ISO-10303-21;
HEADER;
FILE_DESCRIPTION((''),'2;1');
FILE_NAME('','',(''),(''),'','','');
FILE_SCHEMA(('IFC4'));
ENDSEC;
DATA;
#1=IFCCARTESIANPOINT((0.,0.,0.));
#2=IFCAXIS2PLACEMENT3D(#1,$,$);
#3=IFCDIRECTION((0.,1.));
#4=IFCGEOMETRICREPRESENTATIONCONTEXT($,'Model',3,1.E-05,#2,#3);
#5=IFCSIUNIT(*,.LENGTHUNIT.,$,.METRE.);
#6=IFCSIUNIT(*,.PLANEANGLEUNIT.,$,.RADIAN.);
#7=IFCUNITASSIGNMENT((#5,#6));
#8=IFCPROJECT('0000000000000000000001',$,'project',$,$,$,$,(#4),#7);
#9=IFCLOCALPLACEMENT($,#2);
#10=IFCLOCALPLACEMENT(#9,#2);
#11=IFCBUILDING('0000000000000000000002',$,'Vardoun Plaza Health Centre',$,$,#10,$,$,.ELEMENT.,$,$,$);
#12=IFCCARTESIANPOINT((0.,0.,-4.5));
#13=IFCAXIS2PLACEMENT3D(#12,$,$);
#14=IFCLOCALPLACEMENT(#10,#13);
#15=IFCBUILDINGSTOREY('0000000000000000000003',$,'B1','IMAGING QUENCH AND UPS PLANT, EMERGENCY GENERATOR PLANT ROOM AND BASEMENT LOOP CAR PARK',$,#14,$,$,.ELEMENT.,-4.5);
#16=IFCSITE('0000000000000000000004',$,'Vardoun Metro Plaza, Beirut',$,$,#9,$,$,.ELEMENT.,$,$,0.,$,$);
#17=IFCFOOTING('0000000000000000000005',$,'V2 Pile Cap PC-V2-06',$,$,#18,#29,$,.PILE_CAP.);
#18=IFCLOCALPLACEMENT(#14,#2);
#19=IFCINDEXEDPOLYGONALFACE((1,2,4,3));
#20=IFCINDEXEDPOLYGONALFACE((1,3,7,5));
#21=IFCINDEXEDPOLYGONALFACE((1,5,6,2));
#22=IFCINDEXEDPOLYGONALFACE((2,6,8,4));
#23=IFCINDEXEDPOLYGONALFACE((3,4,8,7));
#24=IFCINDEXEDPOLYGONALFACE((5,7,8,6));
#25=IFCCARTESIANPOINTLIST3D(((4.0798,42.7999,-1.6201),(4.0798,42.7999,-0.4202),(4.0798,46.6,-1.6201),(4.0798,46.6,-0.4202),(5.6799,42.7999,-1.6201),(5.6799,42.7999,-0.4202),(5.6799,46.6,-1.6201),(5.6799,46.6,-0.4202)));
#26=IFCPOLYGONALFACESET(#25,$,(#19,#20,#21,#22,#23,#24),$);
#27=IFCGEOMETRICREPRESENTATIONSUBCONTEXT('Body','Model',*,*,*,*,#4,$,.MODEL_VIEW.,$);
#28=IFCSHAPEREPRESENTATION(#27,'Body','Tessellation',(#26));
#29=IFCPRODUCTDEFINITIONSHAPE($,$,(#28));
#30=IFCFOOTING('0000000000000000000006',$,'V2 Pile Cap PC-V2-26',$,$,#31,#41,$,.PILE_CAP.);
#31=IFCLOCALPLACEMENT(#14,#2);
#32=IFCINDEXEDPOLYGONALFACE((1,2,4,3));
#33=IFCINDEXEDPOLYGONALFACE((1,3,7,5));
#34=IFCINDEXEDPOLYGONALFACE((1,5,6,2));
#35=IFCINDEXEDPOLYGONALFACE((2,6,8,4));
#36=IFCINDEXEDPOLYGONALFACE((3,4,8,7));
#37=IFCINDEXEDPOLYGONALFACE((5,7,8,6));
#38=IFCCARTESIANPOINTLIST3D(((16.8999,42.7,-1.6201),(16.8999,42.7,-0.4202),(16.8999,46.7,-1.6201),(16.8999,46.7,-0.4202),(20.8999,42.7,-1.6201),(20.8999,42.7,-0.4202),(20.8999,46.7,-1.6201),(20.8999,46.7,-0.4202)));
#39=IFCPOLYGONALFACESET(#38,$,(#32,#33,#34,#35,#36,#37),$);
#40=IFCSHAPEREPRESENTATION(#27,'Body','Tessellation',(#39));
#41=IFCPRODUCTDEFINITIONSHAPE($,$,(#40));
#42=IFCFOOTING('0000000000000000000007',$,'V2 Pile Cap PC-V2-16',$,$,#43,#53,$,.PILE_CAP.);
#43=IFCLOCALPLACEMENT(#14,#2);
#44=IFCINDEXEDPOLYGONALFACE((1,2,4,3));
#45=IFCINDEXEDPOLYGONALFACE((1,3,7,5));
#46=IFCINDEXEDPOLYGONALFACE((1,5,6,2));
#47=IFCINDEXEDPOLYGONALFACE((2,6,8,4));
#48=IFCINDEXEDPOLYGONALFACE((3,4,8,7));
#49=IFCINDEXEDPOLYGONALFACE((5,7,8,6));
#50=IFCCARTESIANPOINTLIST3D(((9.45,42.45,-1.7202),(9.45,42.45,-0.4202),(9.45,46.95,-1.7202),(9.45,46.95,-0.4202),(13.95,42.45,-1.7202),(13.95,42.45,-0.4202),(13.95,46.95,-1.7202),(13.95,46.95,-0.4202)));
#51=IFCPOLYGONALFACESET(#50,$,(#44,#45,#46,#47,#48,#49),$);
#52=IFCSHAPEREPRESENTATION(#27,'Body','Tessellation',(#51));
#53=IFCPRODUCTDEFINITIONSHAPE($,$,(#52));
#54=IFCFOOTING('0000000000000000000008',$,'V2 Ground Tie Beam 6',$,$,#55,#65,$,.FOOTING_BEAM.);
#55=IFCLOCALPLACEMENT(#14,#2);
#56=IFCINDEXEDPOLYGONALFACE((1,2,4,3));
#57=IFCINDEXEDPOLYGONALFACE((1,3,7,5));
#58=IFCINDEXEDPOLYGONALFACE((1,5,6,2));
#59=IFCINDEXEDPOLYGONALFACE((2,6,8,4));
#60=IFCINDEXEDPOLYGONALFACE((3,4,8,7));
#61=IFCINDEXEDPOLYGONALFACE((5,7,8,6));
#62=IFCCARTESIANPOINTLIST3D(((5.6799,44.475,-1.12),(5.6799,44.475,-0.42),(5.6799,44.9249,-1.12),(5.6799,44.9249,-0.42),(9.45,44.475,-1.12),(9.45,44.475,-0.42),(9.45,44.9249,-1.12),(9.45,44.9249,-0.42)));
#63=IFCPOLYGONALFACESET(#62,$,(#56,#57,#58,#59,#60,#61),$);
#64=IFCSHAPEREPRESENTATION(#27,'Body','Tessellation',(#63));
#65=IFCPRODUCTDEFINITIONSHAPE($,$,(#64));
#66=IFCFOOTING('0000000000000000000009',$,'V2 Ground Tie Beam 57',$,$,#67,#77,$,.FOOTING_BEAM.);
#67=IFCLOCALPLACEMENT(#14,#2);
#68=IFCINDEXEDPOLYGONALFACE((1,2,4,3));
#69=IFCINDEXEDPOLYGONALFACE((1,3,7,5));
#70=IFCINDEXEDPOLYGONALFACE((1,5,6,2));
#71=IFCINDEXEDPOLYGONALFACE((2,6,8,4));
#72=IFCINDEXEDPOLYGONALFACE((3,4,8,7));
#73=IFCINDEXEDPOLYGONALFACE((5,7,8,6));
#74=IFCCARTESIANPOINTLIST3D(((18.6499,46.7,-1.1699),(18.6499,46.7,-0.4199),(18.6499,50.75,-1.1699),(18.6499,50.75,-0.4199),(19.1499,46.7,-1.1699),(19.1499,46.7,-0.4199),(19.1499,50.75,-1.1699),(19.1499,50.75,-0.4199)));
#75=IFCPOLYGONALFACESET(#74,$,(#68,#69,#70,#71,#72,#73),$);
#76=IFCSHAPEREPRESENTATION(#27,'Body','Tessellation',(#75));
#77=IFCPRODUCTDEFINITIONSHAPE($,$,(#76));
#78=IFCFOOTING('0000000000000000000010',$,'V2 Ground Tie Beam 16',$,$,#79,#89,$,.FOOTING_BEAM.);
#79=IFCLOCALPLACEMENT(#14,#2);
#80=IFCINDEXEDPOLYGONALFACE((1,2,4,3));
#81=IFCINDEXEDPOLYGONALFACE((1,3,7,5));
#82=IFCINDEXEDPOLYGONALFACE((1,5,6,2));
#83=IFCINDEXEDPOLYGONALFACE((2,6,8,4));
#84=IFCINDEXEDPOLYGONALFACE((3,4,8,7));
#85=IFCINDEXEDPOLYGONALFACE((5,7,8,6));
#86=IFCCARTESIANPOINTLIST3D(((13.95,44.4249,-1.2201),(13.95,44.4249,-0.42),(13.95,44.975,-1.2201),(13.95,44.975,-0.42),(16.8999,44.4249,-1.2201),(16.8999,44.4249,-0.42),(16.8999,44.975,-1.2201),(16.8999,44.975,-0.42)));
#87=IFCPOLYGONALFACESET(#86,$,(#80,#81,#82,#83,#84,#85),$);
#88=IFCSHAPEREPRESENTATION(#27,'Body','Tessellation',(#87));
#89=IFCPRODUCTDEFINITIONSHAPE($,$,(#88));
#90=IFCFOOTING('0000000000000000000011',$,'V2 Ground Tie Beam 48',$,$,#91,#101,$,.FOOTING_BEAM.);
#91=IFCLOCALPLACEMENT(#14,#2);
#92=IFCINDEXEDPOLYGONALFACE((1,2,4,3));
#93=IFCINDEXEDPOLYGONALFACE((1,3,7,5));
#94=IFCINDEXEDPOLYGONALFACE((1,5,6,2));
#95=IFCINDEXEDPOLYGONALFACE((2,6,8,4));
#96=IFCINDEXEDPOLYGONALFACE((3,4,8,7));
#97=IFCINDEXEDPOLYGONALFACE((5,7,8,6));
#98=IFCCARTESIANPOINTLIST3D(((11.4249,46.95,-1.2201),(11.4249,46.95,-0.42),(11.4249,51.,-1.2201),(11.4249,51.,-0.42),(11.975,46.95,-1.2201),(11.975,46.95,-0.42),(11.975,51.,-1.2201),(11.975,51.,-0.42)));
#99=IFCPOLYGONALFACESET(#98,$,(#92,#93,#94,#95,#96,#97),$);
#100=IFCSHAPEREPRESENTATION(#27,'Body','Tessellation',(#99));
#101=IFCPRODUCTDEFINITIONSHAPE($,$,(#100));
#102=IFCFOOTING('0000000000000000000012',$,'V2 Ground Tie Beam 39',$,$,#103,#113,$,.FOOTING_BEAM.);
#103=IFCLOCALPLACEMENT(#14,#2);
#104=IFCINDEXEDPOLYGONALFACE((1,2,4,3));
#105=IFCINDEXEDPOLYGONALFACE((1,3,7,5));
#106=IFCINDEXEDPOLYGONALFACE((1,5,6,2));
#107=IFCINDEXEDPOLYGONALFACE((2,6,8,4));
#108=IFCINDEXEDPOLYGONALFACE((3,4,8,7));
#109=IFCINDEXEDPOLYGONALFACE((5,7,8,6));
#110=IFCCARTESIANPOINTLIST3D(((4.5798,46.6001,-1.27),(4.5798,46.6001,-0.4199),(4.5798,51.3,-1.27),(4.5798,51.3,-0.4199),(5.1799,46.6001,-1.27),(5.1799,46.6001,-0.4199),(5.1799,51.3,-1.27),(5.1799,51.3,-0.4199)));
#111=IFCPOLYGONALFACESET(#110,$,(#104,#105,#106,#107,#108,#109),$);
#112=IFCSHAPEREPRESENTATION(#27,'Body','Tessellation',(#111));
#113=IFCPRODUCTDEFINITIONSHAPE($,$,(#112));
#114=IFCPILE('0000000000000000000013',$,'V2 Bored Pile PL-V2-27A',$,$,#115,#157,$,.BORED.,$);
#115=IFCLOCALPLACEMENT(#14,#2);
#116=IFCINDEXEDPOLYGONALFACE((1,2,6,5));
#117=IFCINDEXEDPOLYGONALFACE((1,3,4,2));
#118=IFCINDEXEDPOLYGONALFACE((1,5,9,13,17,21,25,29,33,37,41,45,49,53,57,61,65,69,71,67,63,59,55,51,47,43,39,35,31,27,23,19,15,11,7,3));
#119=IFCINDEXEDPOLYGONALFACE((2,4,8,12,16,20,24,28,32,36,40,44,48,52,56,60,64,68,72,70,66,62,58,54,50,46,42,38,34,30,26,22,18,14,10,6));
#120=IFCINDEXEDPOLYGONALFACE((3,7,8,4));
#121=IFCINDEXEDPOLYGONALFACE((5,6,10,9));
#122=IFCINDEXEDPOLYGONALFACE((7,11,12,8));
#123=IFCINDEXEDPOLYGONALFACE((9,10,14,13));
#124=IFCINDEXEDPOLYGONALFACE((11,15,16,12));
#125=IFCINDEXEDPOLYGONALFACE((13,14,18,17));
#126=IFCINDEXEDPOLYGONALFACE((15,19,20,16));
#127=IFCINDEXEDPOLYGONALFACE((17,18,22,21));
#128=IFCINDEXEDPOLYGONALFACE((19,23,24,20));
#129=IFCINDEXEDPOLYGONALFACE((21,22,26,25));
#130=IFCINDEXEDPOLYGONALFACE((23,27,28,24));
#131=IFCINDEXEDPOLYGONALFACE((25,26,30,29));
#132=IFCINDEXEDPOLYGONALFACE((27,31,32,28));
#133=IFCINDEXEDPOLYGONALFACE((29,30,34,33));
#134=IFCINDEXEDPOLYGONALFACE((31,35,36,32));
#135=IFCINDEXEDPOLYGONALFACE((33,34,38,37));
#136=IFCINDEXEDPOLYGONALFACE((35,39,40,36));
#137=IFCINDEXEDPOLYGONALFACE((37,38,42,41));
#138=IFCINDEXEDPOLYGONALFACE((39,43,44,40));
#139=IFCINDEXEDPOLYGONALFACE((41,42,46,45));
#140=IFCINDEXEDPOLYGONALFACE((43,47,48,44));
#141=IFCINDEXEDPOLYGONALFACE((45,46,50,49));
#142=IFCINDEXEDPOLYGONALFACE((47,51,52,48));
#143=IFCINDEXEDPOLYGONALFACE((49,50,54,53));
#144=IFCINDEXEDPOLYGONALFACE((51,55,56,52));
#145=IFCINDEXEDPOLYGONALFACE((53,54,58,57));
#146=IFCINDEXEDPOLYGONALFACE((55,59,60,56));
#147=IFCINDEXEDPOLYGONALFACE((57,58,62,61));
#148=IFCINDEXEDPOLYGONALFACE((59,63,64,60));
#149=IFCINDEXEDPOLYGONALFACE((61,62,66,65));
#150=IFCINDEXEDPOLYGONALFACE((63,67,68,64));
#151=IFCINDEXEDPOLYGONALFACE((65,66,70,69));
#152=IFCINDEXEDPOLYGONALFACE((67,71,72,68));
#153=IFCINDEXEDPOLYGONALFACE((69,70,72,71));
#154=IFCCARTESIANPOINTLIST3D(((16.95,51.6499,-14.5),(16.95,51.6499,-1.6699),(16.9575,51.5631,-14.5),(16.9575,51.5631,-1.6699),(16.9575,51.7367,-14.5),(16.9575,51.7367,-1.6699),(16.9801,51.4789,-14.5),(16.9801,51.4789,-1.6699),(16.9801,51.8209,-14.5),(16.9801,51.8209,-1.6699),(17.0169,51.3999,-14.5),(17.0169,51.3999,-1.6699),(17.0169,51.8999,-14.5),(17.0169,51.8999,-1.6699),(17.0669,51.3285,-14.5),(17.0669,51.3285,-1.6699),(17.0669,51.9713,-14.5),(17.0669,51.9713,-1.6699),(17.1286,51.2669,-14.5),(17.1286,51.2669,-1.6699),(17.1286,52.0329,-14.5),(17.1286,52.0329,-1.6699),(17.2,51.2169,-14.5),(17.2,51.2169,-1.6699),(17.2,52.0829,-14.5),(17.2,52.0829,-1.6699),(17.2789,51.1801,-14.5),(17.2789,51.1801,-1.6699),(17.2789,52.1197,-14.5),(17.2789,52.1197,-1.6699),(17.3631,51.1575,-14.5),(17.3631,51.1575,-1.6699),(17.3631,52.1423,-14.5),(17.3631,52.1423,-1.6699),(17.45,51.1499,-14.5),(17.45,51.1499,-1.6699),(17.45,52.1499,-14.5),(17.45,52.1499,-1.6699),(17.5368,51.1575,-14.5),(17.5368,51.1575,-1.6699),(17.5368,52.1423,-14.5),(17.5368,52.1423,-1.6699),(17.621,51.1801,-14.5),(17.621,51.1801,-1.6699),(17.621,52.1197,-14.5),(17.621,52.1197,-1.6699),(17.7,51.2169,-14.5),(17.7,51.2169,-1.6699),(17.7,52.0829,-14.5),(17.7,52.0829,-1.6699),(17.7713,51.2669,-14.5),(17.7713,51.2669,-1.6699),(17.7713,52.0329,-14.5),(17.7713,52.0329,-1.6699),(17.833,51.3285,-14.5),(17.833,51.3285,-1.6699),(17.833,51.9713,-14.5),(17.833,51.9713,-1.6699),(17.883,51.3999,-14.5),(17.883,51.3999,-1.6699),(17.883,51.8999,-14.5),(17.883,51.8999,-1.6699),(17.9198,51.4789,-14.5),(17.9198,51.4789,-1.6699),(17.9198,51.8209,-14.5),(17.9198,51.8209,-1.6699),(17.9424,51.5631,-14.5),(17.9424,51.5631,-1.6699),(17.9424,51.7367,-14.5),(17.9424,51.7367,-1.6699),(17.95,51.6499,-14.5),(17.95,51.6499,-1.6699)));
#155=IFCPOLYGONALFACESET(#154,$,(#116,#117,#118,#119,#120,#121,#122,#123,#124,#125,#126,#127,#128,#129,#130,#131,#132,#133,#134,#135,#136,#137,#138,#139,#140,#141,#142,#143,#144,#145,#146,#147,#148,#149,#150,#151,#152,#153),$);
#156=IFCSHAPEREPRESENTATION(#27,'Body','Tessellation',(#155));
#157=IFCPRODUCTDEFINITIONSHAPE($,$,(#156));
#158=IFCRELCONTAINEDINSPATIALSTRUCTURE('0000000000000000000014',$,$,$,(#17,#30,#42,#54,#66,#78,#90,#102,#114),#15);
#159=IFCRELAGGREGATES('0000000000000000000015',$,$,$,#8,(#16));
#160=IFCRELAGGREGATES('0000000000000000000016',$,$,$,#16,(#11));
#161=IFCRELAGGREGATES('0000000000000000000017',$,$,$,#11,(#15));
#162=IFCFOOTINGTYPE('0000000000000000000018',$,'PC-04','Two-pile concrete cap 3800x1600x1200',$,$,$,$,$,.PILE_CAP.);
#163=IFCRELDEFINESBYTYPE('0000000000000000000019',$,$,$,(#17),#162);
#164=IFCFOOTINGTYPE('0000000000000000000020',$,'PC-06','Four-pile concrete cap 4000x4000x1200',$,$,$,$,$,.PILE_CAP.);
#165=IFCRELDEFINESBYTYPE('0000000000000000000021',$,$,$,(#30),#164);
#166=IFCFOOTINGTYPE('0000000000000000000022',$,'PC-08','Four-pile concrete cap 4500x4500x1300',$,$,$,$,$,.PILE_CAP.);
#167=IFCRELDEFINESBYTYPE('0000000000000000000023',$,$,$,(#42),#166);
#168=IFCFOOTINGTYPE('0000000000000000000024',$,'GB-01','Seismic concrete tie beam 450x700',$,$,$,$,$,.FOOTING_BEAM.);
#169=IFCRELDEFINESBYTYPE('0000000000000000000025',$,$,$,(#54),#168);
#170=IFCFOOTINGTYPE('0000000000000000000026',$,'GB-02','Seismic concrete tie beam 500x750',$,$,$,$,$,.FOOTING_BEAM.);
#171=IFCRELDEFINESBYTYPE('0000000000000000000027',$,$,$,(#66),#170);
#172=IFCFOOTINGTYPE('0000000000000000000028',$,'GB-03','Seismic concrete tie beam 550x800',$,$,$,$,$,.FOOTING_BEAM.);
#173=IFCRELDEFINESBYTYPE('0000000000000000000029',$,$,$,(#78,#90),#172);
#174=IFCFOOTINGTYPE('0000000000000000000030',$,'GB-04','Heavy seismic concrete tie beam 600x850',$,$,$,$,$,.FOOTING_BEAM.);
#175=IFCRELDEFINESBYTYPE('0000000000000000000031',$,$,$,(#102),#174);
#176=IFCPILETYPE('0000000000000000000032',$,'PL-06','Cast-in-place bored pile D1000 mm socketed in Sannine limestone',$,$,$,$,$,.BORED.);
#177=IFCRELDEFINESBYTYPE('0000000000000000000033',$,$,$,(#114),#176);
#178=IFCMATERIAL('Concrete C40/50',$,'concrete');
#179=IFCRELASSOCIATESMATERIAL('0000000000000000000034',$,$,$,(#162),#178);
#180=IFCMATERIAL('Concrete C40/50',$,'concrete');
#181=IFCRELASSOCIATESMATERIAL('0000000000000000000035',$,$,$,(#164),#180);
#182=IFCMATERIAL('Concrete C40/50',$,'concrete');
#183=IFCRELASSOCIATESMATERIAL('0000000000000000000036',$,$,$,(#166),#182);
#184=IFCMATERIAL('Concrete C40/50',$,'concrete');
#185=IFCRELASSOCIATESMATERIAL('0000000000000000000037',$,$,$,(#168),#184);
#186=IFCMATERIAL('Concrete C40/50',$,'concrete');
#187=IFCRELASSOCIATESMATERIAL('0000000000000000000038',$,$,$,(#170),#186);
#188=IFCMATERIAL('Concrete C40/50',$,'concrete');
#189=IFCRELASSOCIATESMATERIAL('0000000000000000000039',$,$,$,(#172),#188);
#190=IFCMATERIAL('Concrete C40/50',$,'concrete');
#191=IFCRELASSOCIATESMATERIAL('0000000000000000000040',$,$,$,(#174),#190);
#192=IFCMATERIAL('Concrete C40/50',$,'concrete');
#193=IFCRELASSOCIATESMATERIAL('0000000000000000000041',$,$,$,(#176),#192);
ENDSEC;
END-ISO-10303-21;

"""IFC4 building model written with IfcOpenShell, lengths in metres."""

from ifc_helpers import new_model, si_unit, direction, frame, origin, origin_2d, place, context, subcontext, project, spatial, rectangle, circle, extrude, material, material_profile, profile_set, type_object, element, save


model = new_model("IFC4")

# Units and contexts
model_context = context("Model", 3, precision=1e-05, world=origin(), true_north=direction((0.0, 1.0)))
body_context = subcontext(model_context, "Body", "Model", "MODEL_VIEW")
ifc_project = project(units=[si_unit("LENGTHUNIT", "METRE"), si_unit("PLANEANGLEUNIT", "RADIAN")], contexts=[model_context])

# Site, building, storey
site_placement = place(None, origin())
site = spatial("IfcSite", under=ifc_project, at=site_placement, Name="Vardoun Metro Plaza, Beirut", CompositionType="ELEMENT", RefElevation=0.0)
building_placement = place(site_placement, origin())
building = spatial("IfcBuilding", under=site, at=building_placement, Name="Vardoun Plaza Health Centre", CompositionType="ELEMENT")
storey_placement = place(building_placement, frame((0.0, 0.0, -4.5)))
storey = spatial("IfcBuildingStorey", under=building, at=storey_placement, Name="B1", Description="IMAGING QUENCH AND UPS PLANT, EMERGENCY GENERATOR PLANT ROOM AND BASEMENT LOOP CAR PARK", CompositionType="ELEMENT", Elevation=-4.5)

# Footings
ifc_material_1 = material(Name="Concrete C40/50", Category="concrete")
footing_type_1 = type_object("IfcFootingType", Name="PC-04", Description="Two-pile concrete cap 3800x1600x1200", PredefinedType="PILE_CAP", material=ifc_material_1)
footing_1_placement = place(storey_placement, frame((4.8799, 44.7, -1.6201), z_axis=(0.0, 0.0, 1.0), x_axis=(0.0, 1.0, 0.0)))
element("IfcFooting", 1, at=footing_1_placement, inside=storey, type_object=footing_type_1, Name="V2 Pile Cap PC-V2-06", PredefinedType="PILE_CAP", context=body_context, shape_type="SweptSolid", body=[
    extrude(rectangle(XDim=3.8, YDim=1.6001, at=origin_2d()), origin(), (0.0, 0.0, 1.0), 1.2),
])
ifc_material_2 = material(Name="Concrete C40/50", Category="concrete")
footing_type_2 = type_object("IfcFootingType", Name="PC-06", Description="Four-pile concrete cap 4000x4000x1200", PredefinedType="PILE_CAP", material=ifc_material_2)
footing_2_placement = place(storey_placement, frame((18.8999, 44.7, -1.6201), z_axis=(0.0, 0.0, 1.0), x_axis=(1.0, 0.0, 0.0)))
element("IfcFooting", 2, at=footing_2_placement, inside=storey, type_object=footing_type_2, Name="V2 Pile Cap PC-V2-26", PredefinedType="PILE_CAP", context=body_context, shape_type="SweptSolid", body=[
    extrude(rectangle(XDim=4.0, YDim=4.0, at=origin_2d()), origin(), (0.0, 0.0, 1.0), 1.2),
])
ifc_material_3 = material(Name="Concrete C40/50", Category="concrete")
footing_type_3 = type_object("IfcFootingType", Name="PC-08", Description="Four-pile concrete cap 4500x4500x1300", PredefinedType="PILE_CAP", material=ifc_material_3)
footing_3_placement = place(storey_placement, frame((11.7, 44.7, -1.7202), z_axis=(0.0, 0.0, 1.0), x_axis=(1.0, 0.0, 0.0)))
element("IfcFooting", 3, at=footing_3_placement, inside=storey, type_object=footing_type_3, Name="V2 Pile Cap PC-V2-16", PredefinedType="PILE_CAP", context=body_context, shape_type="SweptSolid", body=[
    extrude(rectangle(XDim=4.5, YDim=4.5, at=origin_2d()), origin(), (0.0, 0.0, 1.0), 1.3),
])
ifc_material_4 = material(Name="Concrete C40/50", Category="concrete")
ifc_material_profile_1 = material_profile(ifc_material_4, rectangle(XDim=0.45, YDim=0.7, at=origin_2d()), Name="GB 450x700")
ifc_profile_set_1 = profile_set([ifc_material_profile_1], Name="Concrete C40/50")
footing_type_4 = type_object("IfcFootingType", Name="GB-01", Description="Seismic concrete tie beam 450x700", PredefinedType="FOOTING_BEAM", material=ifc_profile_set_1)
footing_4_placement = place(storey_placement, frame((5.6799, 44.7, -0.77), z_axis=(1.0, 0.0, 0.0), x_axis=(0.0, 1.0, 0.0)))
element("IfcFooting", 4, at=footing_4_placement, inside=storey, type_object=footing_type_4, Name="V2 Ground Tie Beam 6", PredefinedType="FOOTING_BEAM", context=body_context, shape_type="SweptSolid", body=[
    extrude(rectangle(XDim=0.45, YDim=0.7, at=origin_2d()), origin(), (0.0, 0.0, 1.0), 3.77),
])
ifc_material_5 = material(Name="Concrete C40/50", Category="concrete")
ifc_material_profile_2 = material_profile(ifc_material_5, rectangle(XDim=0.5, YDim=0.75, at=origin_2d()), Name="GB 500x750")
ifc_profile_set_2 = profile_set([ifc_material_profile_2], Name="Concrete C40/50")
footing_type_5 = type_object("IfcFootingType", Name="GB-02", Description="Seismic concrete tie beam 500x750", PredefinedType="FOOTING_BEAM", material=ifc_profile_set_2)
footing_5_placement = place(storey_placement, frame((18.8999, 46.7, -0.7949), z_axis=(0.0, 1.0, 0.0), x_axis=(-1.0, 0.0, 0.0)))
element("IfcFooting", 5, at=footing_5_placement, inside=storey, type_object=footing_type_5, Name="V2 Ground Tie Beam 57", PredefinedType="FOOTING_BEAM", context=body_context, shape_type="SweptSolid", body=[
    extrude(rectangle(XDim=0.5, YDim=0.75, at=origin_2d()), origin(), (0.0, 0.0, 1.0), 4.05),
])
ifc_material_6 = material(Name="Concrete C40/50", Category="concrete")
ifc_material_profile_3 = material_profile(ifc_material_6, rectangle(XDim=0.55, YDim=0.8, at=origin_2d()), Name="GB 550x800")
ifc_profile_set_3 = profile_set([ifc_material_profile_3], Name="Concrete C40/50")
footing_type_6 = type_object("IfcFootingType", Name="GB-03", Description="Seismic concrete tie beam 550x800", PredefinedType="FOOTING_BEAM", material=ifc_profile_set_3)
footing_6_placement = place(storey_placement, frame((13.95, 44.7, -0.8201), z_axis=(1.0, 0.0, 0.0), x_axis=(0.0, 1.0, 0.0)))
element("IfcFooting", 6, at=footing_6_placement, inside=storey, type_object=footing_type_6, Name="V2 Ground Tie Beam 16", PredefinedType="FOOTING_BEAM", context=body_context, shape_type="SweptSolid", body=[
    extrude(rectangle(XDim=0.55, YDim=0.8, at=origin_2d()), origin(), (0.0, 0.0, 1.0), 2.95),
])
footing_7_placement = place(storey_placement, frame((11.7, 46.95, -0.8201), z_axis=(0.0, 1.0, 0.0), x_axis=(-1.0, 0.0, 0.0)))
element("IfcFooting", 7, at=footing_7_placement, inside=storey, type_object=footing_type_6, Name="V2 Ground Tie Beam 48", PredefinedType="FOOTING_BEAM", context=body_context, shape_type="SweptSolid", body=[
    extrude(rectangle(XDim=0.55, YDim=0.8, at=origin_2d()), origin(), (0.0, 0.0, 1.0), 4.05),
])
ifc_material_7 = material(Name="Concrete C40/50", Category="concrete")
ifc_material_profile_4 = material_profile(ifc_material_7, rectangle(XDim=0.6001, YDim=0.8501, at=origin_2d()), Name="GB 600x850")
ifc_profile_set_4 = profile_set([ifc_material_profile_4], Name="Concrete C40/50")
footing_type_7 = type_object("IfcFootingType", Name="GB-04", Description="Heavy seismic concrete tie beam 600x850", PredefinedType="FOOTING_BEAM", material=ifc_profile_set_4)
footing_8_placement = place(storey_placement, frame((4.8799, 46.6001, -0.845), z_axis=(0.0, 1.0, 0.0), x_axis=(-1.0, 0.0, 0.0)))
element("IfcFooting", 8, at=footing_8_placement, inside=storey, type_object=footing_type_7, Name="V2 Ground Tie Beam 39", PredefinedType="FOOTING_BEAM", context=body_context, shape_type="SweptSolid", body=[
    extrude(rectangle(XDim=0.6001, YDim=0.8501, at=origin_2d()), origin(), (0.0, 0.0, 1.0), 4.7),
])

# Pile
ifc_material_8 = material(Name="Concrete C40/50", Category="concrete")
ifc_material_profile_5 = material_profile(ifc_material_8, circle(Radius=0.5, at=origin_2d()), Name="PILE D1000")
ifc_profile_set_5 = profile_set([ifc_material_profile_5], Name="Concrete C40/50")
pile_type_1 = type_object("IfcPileType", Name="PL-06", Description="Cast-in-place bored pile D1000 mm socketed in Sannine limestone", PredefinedType="BORED", material=ifc_profile_set_5)
for number, where, z_axis, x_axis, name in (
    (9, (17.45, 51.6499, -1.6699), (0.0, 0.0, -1.0), (1.0, 0.0, 0.0), "V2 Bored Pile PL-V2-27A"),
):
    element("IfcPile", number, at=place(storey_placement, frame(where, z_axis=z_axis, x_axis=x_axis)), inside=storey, type_object=pile_type_1, Name=name, PredefinedType="BORED", context=body_context, shape_type="SweptSolid", body=[
        extrude(circle(Radius=0.5, at=origin_2d()), origin(), (0.0, 0.0, 1.0), 12.8301),
    ])

save(model, "model.ifc")
